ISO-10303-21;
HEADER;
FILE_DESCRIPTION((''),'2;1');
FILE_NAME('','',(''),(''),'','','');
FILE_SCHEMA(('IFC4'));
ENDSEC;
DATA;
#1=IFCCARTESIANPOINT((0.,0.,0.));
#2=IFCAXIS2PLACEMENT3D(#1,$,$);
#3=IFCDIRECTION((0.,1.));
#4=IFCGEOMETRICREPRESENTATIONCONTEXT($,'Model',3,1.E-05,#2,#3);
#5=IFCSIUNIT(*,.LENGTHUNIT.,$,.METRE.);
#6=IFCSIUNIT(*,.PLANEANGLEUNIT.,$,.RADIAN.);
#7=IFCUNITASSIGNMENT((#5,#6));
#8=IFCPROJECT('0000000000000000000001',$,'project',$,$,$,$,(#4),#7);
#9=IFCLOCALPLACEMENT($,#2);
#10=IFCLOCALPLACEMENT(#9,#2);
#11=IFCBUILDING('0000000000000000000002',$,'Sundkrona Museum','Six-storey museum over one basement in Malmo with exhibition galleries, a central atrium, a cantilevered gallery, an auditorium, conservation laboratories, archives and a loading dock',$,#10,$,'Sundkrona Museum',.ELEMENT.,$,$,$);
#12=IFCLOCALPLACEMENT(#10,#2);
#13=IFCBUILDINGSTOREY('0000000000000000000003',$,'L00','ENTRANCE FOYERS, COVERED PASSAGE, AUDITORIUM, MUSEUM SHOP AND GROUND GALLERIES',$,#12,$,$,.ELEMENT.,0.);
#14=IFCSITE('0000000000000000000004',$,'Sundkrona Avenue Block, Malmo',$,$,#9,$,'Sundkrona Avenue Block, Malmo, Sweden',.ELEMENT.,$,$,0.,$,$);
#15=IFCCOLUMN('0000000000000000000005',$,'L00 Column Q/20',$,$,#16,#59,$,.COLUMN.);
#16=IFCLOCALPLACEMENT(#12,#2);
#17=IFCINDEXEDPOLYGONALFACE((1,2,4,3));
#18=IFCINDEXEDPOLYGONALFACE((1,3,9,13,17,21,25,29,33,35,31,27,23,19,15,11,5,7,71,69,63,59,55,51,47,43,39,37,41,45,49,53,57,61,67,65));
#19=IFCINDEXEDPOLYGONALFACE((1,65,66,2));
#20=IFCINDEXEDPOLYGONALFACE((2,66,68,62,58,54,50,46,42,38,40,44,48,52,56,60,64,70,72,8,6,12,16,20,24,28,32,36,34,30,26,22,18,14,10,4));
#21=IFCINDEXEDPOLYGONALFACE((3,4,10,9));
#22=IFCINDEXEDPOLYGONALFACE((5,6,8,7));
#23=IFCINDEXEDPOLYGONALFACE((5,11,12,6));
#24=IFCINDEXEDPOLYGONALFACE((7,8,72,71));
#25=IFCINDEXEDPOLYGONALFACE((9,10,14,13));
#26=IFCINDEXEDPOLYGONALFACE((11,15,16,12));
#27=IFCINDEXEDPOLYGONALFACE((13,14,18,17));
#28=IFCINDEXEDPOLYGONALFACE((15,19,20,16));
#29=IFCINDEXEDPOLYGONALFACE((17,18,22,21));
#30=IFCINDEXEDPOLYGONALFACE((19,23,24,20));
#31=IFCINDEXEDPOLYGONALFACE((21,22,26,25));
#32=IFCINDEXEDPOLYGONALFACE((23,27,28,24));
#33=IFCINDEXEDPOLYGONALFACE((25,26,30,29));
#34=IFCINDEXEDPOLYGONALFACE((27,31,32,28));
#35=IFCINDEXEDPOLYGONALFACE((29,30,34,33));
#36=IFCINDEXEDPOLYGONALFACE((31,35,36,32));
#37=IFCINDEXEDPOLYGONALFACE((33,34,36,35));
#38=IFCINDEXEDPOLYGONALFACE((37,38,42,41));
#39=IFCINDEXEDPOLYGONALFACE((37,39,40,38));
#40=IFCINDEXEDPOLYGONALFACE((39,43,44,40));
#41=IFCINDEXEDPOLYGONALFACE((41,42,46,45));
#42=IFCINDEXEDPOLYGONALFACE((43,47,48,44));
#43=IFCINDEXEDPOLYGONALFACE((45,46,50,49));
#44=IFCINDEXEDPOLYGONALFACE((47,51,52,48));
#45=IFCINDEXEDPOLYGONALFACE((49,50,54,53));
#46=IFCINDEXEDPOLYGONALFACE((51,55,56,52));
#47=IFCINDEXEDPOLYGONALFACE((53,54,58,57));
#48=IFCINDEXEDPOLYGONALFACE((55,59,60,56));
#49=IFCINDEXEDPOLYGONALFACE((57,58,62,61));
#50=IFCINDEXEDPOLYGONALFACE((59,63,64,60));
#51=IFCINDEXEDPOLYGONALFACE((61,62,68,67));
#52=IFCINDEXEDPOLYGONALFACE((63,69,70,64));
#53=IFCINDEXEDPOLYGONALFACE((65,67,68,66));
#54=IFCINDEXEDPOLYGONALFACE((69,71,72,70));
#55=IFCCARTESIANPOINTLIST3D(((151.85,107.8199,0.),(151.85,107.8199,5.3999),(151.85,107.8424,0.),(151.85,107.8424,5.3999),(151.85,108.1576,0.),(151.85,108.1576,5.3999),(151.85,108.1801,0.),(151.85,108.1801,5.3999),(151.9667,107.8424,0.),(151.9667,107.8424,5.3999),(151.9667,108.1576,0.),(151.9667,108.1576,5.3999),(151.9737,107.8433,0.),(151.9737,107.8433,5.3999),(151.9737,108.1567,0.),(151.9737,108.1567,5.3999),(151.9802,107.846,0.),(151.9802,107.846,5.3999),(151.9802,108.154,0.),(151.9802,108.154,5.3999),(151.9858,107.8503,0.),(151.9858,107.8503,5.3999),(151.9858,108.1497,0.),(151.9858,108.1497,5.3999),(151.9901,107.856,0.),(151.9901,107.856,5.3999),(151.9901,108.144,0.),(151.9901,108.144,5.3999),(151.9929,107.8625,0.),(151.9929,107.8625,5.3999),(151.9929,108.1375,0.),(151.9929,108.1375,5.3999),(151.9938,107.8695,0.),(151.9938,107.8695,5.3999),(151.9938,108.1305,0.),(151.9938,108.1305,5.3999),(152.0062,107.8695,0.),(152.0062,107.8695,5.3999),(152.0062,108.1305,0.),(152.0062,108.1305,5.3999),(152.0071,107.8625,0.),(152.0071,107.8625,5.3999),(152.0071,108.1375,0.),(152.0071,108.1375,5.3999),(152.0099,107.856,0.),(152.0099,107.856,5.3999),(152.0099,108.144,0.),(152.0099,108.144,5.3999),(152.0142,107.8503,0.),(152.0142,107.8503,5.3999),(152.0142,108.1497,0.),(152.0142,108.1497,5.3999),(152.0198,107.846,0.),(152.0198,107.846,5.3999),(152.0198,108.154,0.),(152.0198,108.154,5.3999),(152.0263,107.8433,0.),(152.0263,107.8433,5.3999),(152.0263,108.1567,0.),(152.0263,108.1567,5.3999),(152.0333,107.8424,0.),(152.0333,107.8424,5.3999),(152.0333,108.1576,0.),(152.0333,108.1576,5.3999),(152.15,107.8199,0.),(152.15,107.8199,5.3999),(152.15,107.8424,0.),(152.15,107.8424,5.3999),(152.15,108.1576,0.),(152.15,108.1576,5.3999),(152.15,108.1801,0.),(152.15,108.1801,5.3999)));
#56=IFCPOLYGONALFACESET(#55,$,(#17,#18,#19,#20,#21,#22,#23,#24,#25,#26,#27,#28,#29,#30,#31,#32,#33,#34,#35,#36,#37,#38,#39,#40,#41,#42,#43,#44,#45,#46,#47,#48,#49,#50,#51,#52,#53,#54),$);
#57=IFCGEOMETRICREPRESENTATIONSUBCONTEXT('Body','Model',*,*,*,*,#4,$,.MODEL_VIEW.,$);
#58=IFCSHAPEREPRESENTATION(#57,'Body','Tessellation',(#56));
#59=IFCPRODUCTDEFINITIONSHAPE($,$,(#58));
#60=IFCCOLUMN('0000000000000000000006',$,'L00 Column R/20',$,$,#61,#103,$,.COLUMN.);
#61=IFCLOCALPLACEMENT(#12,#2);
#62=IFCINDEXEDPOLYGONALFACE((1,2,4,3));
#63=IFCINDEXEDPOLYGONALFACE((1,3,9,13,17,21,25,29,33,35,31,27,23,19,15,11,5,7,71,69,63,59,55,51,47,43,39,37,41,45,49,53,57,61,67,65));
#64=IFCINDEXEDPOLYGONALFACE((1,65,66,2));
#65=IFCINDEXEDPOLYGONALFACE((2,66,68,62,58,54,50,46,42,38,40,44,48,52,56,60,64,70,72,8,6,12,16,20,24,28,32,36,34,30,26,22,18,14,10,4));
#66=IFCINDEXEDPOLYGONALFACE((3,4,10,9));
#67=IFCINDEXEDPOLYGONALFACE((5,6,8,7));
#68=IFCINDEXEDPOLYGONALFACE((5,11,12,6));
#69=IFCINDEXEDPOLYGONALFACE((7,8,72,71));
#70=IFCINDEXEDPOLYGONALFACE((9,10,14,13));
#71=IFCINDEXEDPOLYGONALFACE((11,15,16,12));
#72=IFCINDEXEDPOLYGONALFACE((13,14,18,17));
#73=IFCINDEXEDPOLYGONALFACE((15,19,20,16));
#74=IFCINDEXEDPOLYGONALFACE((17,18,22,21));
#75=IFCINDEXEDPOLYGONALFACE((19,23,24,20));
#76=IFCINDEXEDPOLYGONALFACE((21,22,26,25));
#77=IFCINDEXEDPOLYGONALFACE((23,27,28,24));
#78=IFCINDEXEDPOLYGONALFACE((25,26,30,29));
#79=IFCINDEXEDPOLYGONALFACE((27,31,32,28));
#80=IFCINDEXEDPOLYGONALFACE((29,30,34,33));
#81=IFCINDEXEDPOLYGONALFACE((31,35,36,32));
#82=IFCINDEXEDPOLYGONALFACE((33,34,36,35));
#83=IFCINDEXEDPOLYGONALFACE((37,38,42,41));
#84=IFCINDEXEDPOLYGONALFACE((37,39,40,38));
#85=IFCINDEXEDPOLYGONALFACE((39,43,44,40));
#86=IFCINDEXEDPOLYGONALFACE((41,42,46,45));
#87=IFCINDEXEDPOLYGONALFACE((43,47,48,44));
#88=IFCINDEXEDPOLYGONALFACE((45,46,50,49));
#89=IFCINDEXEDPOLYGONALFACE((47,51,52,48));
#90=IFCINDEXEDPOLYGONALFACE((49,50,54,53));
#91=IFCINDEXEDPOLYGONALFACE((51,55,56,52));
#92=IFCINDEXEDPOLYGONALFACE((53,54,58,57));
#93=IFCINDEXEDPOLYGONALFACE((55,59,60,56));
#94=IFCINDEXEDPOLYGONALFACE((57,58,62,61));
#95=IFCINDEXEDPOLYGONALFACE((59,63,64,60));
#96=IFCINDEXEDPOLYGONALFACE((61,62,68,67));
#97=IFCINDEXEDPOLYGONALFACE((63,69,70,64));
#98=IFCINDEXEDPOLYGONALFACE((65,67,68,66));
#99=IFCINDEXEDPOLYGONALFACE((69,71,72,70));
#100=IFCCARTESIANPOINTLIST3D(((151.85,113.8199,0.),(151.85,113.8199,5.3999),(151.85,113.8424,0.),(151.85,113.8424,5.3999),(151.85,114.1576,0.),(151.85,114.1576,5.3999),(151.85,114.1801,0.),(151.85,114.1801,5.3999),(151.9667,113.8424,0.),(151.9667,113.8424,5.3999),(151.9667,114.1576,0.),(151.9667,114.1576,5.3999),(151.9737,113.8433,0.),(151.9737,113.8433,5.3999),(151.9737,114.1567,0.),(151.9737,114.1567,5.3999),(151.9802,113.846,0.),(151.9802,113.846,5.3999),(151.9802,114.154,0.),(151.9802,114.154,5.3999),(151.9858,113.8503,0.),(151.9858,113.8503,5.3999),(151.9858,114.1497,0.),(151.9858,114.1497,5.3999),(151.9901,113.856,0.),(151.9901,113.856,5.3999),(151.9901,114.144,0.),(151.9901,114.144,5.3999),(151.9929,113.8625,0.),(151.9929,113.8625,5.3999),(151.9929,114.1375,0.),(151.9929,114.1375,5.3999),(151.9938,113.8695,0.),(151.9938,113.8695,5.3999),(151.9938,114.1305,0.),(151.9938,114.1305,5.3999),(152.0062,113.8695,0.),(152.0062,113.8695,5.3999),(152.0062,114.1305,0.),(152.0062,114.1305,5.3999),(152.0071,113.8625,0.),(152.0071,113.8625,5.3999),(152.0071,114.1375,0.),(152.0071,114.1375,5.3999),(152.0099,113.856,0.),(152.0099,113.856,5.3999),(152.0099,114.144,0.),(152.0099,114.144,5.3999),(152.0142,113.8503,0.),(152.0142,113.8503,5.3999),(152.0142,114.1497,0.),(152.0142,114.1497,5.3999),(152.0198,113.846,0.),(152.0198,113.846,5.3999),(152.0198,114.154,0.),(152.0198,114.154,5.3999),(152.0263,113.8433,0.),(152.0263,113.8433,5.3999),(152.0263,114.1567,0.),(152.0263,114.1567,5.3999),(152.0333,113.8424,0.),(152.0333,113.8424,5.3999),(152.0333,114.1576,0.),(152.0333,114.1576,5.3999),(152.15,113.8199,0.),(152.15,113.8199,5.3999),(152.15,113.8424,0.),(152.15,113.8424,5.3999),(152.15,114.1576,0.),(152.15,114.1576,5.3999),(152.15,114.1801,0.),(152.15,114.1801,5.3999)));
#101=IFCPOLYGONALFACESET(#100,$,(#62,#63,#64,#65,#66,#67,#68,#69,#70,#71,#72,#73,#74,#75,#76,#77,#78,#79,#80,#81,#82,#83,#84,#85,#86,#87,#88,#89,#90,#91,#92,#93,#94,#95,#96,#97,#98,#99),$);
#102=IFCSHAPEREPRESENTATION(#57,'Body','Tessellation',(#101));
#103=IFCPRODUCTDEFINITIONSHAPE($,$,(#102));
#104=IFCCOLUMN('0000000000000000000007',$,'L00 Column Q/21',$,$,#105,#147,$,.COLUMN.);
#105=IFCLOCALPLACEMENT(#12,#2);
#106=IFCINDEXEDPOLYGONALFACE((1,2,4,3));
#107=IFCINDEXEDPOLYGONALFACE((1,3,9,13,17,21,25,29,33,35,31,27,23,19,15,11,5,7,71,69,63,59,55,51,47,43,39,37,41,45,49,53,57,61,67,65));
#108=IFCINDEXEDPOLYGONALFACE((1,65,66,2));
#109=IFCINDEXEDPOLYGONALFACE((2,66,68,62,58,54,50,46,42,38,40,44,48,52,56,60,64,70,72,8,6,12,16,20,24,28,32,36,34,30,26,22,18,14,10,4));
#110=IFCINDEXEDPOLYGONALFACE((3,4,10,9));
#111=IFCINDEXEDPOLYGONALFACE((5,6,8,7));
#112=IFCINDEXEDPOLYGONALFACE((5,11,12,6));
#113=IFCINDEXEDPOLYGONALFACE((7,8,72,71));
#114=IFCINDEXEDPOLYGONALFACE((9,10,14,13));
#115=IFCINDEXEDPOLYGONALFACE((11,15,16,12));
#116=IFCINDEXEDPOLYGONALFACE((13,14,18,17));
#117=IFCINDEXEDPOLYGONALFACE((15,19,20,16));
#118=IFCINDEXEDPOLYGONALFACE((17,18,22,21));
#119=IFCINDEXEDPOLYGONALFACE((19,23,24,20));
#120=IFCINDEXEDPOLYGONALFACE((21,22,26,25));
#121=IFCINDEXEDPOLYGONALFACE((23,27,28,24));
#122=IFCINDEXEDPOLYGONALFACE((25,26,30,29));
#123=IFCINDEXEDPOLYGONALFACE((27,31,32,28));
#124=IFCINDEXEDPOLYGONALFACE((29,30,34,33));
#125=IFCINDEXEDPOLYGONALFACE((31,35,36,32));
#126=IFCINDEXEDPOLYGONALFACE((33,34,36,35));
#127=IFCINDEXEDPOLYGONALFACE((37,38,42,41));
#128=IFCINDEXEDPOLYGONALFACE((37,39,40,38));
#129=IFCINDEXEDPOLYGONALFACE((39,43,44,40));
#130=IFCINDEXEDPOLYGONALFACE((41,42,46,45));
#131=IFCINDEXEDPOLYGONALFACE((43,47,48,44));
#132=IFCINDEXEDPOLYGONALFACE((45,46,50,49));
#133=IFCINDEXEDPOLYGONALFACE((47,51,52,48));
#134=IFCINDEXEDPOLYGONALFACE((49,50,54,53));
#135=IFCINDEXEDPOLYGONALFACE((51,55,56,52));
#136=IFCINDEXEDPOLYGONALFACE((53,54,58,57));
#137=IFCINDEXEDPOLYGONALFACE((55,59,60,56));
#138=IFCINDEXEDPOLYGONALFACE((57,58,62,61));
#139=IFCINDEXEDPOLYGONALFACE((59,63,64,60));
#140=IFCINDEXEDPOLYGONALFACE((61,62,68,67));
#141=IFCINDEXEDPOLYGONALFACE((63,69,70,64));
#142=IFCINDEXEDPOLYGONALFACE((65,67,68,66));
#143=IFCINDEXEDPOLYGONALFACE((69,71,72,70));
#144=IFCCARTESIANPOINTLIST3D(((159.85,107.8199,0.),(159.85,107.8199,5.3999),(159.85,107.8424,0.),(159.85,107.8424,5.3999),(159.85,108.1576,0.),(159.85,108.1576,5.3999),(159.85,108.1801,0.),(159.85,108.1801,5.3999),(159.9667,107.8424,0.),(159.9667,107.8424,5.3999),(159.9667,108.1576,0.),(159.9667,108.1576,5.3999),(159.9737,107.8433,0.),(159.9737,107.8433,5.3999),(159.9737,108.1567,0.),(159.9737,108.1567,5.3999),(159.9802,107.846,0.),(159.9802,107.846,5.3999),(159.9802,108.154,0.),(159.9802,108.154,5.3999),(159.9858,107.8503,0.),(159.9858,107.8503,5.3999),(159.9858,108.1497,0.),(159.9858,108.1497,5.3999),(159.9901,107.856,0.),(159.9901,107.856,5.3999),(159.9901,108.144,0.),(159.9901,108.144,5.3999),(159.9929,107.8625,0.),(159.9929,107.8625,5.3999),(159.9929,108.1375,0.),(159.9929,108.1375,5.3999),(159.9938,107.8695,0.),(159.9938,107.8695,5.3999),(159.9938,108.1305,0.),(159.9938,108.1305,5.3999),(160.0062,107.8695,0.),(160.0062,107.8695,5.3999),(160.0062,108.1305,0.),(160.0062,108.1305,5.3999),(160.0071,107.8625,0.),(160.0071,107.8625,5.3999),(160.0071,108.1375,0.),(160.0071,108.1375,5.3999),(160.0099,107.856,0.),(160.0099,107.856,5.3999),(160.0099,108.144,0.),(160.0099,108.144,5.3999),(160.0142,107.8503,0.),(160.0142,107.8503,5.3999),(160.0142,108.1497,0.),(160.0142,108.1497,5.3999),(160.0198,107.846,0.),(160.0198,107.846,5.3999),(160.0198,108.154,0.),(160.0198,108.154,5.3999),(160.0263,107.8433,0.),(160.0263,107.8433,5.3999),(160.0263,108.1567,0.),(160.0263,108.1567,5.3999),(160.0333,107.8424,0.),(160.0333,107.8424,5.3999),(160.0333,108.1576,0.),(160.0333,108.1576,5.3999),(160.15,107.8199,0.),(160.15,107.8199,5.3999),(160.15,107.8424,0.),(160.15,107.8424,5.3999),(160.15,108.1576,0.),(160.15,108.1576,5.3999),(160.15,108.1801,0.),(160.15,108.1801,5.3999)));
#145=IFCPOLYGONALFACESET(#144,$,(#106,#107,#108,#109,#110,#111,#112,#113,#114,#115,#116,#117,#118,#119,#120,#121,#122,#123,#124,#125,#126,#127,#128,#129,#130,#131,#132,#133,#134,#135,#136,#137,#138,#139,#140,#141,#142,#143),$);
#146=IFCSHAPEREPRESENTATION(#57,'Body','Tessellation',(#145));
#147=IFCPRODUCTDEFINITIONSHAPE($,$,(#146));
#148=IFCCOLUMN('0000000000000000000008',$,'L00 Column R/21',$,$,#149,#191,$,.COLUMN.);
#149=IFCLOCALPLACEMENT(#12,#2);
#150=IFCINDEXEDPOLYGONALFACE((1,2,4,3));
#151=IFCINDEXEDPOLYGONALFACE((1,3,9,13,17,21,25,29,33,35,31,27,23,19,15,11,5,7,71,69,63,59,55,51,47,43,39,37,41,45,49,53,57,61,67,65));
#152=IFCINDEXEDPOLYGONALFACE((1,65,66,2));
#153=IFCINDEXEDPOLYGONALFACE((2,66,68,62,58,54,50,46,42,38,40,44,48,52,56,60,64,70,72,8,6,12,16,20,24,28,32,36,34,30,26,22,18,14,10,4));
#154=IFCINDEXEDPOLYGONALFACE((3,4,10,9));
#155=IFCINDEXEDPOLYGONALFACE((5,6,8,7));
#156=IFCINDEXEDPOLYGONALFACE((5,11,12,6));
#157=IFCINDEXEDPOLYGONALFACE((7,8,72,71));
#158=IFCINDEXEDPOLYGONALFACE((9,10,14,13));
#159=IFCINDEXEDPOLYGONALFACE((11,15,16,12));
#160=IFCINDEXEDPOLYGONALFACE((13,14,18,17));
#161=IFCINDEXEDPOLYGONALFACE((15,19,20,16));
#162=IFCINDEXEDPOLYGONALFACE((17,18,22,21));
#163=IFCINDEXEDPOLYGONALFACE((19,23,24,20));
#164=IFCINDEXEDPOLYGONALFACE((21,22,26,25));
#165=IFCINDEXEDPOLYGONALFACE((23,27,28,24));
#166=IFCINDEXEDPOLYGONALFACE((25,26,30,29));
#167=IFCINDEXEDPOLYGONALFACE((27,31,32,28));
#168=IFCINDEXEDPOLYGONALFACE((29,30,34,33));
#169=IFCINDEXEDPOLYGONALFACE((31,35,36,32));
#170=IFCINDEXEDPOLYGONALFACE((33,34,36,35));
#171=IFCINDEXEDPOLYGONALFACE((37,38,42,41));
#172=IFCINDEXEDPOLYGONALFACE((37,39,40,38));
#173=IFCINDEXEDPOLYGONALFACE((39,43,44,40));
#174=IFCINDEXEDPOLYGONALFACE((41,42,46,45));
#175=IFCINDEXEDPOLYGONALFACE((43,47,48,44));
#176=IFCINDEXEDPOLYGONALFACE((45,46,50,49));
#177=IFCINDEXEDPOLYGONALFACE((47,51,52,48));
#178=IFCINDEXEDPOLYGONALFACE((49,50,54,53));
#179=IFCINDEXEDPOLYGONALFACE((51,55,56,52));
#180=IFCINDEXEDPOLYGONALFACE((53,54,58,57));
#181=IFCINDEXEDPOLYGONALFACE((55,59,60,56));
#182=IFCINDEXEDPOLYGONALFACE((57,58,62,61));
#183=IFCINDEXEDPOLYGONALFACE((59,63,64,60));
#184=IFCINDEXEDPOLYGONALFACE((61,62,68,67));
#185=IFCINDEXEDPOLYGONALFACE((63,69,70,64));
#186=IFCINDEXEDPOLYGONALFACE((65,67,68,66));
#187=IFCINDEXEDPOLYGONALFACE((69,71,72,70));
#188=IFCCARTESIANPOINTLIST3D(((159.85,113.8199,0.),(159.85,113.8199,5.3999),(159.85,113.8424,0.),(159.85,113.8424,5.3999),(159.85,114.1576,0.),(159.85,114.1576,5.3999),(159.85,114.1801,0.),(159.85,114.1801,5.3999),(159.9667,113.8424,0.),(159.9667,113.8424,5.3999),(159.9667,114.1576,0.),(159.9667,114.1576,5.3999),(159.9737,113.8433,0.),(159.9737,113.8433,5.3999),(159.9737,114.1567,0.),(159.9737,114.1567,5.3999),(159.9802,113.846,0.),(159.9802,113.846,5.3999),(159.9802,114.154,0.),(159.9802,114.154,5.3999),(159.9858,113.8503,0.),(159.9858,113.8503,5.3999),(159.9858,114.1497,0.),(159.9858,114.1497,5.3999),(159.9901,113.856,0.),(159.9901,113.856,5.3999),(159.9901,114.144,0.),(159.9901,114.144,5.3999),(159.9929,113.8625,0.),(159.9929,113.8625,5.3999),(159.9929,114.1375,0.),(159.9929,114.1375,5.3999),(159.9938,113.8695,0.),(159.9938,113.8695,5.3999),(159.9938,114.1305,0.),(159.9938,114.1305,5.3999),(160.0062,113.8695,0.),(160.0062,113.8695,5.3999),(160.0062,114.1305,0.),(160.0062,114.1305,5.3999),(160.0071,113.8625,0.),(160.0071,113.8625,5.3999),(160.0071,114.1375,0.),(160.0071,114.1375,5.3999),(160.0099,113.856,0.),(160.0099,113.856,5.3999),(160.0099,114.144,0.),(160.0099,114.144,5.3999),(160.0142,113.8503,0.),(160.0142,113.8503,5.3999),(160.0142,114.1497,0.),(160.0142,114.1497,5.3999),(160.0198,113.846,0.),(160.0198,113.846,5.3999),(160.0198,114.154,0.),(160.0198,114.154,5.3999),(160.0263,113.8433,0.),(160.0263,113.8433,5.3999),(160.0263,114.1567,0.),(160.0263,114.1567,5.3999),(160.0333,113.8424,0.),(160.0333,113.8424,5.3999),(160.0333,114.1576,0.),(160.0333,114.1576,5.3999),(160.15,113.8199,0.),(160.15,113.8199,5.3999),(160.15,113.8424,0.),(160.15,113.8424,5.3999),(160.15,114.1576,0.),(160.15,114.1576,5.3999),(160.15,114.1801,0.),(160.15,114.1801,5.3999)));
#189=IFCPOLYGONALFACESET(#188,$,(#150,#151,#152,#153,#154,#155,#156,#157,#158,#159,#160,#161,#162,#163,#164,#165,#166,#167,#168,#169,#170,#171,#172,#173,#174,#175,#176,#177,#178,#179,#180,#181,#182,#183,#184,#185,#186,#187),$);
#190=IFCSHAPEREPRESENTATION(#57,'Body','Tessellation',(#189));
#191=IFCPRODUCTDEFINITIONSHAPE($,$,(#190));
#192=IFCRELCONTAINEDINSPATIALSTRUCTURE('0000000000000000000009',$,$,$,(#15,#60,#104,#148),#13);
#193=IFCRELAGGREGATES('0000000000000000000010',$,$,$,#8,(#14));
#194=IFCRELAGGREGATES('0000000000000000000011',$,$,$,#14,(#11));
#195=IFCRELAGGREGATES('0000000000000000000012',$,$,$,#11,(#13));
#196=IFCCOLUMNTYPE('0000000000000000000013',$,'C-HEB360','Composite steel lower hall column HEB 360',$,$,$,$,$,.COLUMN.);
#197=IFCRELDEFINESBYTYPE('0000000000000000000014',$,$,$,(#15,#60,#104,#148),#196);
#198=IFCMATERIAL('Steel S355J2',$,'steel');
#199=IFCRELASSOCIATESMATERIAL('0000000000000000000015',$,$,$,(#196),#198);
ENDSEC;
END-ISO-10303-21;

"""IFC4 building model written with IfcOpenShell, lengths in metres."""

from ifc_helpers import new_model, si_unit, direction, frame, origin, origin_2d, place, context, subcontext, project, spatial, i_section, extrude, material, material_profile, profile_set, type_object, element, save


model = new_model("IFC4")

# Units and contexts
model_context = context("Model", 3, precision=1e-05, world=origin(), true_north=direction((0.0, 1.0)))
body_context = subcontext(model_context, "Body", "Model", "MODEL_VIEW")
ifc_project = project(units=[si_unit("LENGTHUNIT", "METRE"), si_unit("PLANEANGLEUNIT", "RADIAN")], contexts=[model_context])

# Site, building, storey
site_placement = place(None, origin())
site = spatial("IfcSite", under=ifc_project, at=site_placement, Name="Sundkrona Avenue Block, Malmo", LongName="Sundkrona Avenue Block, Malmo, Sweden", CompositionType="ELEMENT", RefElevation=0.0)
building_placement = place(site_placement, origin())
building = spatial("IfcBuilding", under=site, at=building_placement, Name="Sundkrona Museum", Description="Six-storey museum over one basement in Malmo with exhibition galleries, a central atrium, a cantilevered gallery, an auditorium, conservation laboratories, archives and a loading dock", LongName="Sundkrona Museum", CompositionType="ELEMENT")
storey_placement = place(building_placement, origin())
storey = spatial("IfcBuildingStorey", under=building, at=storey_placement, Name="L00", Description="ENTRANCE FOYERS, COVERED PASSAGE, AUDITORIUM, MUSEUM SHOP AND GROUND GALLERIES", CompositionType="ELEMENT", Elevation=0.0)

# Columns
ifc_material_1 = material(Name="Steel S355J2", Category="steel")
ifc_material_profile_1 = material_profile(ifc_material_1, i_section(OverallWidth=0.3, OverallDepth=0.3601, WebThickness=0.0125, FlangeThickness=0.0225, FilletRadius=0.0271, at=origin_2d()), Name="HEB 360")
ifc_profile_set_1 = profile_set([ifc_material_profile_1], Name="Steel S355J2")
column_type = type_object("IfcColumnType", Name="C-HEB360", Description="Composite steel lower hall column HEB 360", PredefinedType="COLUMN", material=ifc_profile_set_1)
for number, where, z_axis, x_axis, name in (
    (1, (152.0, 108.0, 0.0), (0.0, 0.0, 1.0), (1.0, 0.0, 0.0), "L00 Column Q/20"),
    (2, (152.0, 114.0, 0.0), (0.0, 0.0, 1.0), (1.0, 0.0, 0.0), "L00 Column R/20"),
    (3, (160.0, 108.0, 0.0), (0.0, 0.0, 1.0), (1.0, 0.0, 0.0), "L00 Column Q/21"),
    (4, (160.0, 114.0, 0.0), (0.0, 0.0, 1.0), (1.0, 0.0, 0.0), "L00 Column R/21"),
):
    element("IfcColumn", number, at=place(storey_placement, frame(where, z_axis=z_axis, x_axis=x_axis)), inside=storey, type_object=column_type, Name=name, PredefinedType="COLUMN", context=body_context, shape_type="SweptSolid", body=[
        extrude(i_section(OverallWidth=0.3, OverallDepth=0.3601, WebThickness=0.0125, FlangeThickness=0.0225, FilletRadius=0.0271, at=origin_2d()), origin(), (0.0, 0.0, 1.0), 5.3999),
    ])

save(model, "model.ifc")
